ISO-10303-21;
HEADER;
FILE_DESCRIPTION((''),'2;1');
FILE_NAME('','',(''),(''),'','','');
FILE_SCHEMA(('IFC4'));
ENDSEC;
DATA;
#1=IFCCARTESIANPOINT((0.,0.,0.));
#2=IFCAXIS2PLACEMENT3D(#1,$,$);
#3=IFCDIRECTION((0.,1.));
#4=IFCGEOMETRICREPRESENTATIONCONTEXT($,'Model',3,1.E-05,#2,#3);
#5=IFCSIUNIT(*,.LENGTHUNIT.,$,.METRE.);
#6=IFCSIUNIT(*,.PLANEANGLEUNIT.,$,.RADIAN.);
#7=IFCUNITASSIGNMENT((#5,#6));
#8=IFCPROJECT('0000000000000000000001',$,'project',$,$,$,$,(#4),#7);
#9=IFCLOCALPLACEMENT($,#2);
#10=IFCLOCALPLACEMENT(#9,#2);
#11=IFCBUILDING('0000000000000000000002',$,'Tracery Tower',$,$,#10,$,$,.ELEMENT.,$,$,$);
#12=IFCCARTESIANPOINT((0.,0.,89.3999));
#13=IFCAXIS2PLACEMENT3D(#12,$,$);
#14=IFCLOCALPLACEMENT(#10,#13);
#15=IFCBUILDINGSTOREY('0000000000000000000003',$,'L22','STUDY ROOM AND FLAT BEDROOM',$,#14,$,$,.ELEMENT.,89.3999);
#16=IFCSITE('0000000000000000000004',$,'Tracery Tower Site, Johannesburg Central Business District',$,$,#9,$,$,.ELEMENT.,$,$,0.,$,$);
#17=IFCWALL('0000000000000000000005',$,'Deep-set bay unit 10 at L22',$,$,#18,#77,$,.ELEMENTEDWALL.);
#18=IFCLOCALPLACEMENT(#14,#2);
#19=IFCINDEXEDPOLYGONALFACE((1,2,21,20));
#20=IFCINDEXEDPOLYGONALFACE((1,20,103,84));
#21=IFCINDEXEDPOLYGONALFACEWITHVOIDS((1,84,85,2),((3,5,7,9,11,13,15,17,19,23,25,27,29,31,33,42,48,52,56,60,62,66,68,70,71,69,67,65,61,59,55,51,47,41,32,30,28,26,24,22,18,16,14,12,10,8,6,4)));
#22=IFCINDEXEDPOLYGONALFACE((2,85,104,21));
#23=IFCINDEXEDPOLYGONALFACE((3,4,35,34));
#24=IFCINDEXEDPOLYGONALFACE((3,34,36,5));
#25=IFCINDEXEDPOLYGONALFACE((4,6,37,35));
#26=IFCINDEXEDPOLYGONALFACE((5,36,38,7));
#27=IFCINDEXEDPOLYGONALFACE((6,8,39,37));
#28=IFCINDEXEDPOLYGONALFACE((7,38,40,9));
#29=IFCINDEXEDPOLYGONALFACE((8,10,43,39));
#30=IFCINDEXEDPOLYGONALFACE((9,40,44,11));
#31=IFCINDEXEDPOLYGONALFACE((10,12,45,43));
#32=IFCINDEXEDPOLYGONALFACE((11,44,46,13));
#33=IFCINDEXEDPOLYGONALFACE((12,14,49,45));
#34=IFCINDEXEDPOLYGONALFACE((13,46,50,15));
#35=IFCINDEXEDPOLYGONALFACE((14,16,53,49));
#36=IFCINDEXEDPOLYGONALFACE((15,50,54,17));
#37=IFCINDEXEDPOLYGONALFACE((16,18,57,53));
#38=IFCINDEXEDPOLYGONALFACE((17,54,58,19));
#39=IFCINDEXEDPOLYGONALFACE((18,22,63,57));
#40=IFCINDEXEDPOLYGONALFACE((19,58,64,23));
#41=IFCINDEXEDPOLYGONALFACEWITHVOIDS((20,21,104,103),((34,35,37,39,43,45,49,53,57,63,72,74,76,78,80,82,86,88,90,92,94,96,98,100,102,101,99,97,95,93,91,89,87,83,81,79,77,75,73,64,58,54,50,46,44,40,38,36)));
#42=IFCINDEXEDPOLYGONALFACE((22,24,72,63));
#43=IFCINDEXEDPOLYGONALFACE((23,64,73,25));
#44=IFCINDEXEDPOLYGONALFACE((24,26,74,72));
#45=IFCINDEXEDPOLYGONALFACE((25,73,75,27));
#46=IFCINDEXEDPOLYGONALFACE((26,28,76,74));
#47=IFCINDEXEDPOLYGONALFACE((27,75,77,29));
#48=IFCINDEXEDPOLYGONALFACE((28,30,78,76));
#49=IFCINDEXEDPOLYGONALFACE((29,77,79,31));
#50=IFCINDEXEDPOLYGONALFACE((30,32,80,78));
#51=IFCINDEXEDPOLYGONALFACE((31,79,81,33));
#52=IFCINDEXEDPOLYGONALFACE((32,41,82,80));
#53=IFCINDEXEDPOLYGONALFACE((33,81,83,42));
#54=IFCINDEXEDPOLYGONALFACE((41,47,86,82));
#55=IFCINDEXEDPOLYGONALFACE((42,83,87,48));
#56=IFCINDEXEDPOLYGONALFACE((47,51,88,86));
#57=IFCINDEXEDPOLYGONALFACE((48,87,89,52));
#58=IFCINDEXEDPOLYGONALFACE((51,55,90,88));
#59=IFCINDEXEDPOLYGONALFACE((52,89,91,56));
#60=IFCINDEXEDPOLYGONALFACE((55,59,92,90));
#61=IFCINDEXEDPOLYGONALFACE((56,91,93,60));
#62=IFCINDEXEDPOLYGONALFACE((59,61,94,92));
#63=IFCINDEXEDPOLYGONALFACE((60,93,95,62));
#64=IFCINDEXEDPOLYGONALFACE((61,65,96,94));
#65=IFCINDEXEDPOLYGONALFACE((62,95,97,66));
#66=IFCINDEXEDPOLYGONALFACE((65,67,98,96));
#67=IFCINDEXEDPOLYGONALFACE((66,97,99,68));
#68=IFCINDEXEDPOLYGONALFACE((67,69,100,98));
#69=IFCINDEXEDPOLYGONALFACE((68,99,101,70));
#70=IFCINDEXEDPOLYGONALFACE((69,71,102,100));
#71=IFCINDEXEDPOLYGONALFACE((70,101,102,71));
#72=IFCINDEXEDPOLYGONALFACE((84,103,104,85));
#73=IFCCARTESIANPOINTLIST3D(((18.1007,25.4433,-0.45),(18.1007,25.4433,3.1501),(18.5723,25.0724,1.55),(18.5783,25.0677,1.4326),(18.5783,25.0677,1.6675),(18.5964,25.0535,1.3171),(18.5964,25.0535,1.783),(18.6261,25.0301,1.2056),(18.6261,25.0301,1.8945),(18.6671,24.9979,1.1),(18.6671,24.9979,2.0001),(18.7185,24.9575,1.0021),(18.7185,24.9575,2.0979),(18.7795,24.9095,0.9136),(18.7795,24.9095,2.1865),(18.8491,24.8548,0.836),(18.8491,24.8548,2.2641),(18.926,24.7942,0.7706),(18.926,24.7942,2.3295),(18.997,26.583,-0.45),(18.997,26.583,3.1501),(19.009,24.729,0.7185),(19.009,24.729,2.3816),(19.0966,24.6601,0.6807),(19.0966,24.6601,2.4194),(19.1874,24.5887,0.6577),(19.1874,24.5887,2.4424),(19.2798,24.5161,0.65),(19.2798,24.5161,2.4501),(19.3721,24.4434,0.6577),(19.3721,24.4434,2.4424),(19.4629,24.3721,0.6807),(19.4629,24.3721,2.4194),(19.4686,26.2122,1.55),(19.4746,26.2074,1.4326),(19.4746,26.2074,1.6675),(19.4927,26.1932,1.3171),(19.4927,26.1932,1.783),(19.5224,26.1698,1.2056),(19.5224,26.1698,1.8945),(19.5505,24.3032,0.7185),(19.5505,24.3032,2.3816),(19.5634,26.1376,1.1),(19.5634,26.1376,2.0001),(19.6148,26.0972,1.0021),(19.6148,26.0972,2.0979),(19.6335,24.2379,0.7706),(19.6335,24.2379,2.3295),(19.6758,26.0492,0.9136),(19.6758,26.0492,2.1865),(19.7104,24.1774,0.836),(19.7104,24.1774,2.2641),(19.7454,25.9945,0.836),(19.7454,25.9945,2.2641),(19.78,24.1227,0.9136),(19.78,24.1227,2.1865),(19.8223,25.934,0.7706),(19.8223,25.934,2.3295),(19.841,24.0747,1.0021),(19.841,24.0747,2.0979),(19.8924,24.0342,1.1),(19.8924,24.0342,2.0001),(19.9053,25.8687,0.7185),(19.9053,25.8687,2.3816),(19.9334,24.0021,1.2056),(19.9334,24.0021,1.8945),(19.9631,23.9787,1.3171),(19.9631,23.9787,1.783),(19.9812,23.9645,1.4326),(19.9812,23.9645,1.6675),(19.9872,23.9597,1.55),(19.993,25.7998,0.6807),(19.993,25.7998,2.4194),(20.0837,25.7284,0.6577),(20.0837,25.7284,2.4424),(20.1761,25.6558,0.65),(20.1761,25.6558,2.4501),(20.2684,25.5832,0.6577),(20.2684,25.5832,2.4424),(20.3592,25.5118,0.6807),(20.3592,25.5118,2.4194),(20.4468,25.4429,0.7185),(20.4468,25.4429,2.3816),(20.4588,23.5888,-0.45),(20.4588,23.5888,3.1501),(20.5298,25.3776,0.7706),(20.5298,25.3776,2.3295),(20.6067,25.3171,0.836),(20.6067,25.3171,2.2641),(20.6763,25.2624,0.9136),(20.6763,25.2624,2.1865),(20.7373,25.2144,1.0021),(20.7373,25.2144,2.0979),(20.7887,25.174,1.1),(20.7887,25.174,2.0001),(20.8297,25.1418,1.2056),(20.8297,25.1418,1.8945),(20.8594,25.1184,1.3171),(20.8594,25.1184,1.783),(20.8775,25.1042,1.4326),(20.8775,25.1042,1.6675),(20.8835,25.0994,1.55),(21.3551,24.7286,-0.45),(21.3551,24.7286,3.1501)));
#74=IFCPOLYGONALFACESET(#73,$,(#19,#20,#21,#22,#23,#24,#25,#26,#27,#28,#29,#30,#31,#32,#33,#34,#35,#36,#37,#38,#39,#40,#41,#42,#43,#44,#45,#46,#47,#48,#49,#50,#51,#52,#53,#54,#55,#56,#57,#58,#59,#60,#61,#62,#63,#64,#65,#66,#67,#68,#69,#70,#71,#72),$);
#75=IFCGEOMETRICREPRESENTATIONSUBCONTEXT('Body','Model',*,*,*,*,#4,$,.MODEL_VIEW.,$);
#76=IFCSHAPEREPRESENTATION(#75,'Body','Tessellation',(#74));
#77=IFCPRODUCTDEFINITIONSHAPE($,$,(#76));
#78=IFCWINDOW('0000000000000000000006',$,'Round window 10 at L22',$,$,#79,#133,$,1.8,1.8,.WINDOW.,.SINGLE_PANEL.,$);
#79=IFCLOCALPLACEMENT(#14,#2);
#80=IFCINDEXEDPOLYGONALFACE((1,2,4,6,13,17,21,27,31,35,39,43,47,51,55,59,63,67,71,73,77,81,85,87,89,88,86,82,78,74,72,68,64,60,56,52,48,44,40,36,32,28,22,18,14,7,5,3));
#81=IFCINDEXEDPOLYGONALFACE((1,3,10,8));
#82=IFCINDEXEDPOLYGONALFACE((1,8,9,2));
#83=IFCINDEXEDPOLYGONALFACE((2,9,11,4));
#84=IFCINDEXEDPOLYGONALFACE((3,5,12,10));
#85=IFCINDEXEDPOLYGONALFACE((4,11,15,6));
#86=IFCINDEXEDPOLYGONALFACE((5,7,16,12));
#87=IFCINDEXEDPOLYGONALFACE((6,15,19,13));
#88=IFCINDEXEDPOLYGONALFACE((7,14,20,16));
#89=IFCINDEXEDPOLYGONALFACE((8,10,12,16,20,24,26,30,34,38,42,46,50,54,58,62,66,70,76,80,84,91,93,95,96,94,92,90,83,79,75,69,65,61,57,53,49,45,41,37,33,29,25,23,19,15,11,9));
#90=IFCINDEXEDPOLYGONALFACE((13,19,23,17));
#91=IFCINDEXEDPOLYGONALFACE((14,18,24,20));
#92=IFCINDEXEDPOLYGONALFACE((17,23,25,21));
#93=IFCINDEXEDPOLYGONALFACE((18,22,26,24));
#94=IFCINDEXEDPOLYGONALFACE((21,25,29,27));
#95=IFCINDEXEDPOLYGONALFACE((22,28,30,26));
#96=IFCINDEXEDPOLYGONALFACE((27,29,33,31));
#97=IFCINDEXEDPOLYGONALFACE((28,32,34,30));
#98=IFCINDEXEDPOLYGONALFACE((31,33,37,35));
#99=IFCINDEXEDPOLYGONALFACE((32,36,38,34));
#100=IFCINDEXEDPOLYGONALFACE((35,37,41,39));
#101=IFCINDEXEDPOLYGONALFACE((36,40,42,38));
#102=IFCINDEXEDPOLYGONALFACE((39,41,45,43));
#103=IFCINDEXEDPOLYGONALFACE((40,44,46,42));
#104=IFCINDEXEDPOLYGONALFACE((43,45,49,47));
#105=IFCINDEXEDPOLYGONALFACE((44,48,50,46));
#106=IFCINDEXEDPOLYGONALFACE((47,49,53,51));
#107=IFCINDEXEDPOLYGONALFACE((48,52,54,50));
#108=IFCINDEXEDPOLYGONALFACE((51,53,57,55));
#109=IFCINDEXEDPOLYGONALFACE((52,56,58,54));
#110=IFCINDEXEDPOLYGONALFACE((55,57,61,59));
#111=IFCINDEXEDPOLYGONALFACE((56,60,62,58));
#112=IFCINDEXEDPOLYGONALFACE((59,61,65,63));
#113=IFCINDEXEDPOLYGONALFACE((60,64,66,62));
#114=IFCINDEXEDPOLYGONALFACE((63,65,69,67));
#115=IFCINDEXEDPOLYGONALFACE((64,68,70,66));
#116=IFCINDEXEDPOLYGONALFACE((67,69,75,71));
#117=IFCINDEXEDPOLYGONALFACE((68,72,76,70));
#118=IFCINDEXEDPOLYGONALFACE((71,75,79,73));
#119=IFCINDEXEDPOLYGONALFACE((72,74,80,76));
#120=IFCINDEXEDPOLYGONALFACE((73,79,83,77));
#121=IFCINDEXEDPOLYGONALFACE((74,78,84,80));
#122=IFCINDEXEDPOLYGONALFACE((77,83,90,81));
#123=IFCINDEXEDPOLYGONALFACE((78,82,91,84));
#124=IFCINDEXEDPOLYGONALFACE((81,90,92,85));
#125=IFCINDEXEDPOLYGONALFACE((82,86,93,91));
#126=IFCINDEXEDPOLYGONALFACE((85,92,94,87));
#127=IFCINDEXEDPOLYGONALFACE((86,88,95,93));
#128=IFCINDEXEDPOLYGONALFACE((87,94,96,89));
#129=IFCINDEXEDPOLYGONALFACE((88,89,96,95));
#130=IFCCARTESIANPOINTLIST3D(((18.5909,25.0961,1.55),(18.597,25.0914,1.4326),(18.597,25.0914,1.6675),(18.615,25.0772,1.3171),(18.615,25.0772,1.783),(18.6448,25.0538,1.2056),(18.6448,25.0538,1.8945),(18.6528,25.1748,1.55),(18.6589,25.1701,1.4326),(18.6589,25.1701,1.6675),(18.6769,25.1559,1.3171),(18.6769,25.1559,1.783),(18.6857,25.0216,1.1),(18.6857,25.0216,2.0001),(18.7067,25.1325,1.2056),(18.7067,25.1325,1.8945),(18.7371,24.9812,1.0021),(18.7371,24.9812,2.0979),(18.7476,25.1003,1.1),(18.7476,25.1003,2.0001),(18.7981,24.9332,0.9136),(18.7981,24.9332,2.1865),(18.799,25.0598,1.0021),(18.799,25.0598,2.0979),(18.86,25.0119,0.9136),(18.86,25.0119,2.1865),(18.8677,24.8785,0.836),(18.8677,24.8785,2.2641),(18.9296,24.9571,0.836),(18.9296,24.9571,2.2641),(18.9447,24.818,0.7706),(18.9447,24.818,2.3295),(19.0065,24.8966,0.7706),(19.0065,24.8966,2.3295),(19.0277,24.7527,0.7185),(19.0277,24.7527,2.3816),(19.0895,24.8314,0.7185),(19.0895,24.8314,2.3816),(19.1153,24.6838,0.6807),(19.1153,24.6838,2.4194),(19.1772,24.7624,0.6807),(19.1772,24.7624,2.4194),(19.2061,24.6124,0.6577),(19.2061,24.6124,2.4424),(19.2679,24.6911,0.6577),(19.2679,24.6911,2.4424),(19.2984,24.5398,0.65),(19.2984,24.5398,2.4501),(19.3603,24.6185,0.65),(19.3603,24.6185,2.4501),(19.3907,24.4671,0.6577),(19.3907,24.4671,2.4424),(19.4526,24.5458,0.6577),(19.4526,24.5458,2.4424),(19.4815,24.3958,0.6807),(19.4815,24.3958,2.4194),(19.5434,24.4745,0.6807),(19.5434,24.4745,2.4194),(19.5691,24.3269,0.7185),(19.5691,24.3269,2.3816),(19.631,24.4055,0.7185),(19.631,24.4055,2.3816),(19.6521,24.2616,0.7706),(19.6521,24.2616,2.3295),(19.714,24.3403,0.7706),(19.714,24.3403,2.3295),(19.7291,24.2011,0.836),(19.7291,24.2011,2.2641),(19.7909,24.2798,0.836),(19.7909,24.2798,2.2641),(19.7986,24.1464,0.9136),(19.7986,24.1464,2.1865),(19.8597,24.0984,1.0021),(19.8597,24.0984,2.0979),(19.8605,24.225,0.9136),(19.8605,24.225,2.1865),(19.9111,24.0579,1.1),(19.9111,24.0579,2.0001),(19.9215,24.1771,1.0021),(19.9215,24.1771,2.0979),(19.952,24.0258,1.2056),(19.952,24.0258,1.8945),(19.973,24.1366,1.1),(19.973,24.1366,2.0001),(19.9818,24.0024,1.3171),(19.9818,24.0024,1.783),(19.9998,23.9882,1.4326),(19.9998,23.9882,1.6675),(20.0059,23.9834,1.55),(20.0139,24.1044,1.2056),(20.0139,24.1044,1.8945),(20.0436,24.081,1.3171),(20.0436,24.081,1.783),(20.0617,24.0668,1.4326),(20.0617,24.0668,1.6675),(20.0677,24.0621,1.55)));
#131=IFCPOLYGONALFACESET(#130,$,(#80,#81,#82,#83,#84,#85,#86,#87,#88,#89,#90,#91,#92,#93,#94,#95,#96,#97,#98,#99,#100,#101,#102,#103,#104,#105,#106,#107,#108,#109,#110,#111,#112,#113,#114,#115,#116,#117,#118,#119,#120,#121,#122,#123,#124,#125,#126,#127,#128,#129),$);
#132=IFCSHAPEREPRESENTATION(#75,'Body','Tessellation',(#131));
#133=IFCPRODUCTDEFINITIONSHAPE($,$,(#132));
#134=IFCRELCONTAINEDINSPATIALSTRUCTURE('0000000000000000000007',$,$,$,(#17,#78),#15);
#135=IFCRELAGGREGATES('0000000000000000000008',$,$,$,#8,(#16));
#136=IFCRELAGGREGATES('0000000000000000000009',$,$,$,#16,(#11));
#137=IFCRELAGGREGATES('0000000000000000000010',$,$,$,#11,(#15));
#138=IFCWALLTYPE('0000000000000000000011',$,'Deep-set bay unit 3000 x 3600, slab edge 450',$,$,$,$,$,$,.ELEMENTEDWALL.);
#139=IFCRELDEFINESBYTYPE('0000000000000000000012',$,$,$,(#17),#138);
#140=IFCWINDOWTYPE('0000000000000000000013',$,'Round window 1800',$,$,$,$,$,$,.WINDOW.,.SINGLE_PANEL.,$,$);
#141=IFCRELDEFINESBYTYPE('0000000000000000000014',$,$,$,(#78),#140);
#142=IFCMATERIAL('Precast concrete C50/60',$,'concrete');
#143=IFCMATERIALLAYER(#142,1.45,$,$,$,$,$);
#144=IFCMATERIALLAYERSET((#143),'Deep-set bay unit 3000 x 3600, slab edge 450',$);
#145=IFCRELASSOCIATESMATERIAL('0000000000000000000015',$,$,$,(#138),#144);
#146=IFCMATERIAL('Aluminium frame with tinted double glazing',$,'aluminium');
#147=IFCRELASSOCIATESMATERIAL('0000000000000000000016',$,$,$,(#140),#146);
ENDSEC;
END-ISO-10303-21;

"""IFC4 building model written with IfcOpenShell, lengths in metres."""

from ifc_helpers import new_model, si_unit, direction, frame, frame_2d, origin, origin_2d, place, context, subcontext, project, spatial, rectangle, circle, extrude, material, layer, layer_set, type_object, element, fill, save


model = new_model("IFC4")

# Units and contexts
model_context = context("Model", 3, precision=1e-05, world=origin(), true_north=direction((0.0, 1.0)))
body_context = subcontext(model_context, "Body", "Model", "MODEL_VIEW")
ifc_project = project(units=[si_unit("LENGTHUNIT", "METRE"), si_unit("PLANEANGLEUNIT", "RADIAN")], contexts=[model_context])

# Site, building, storey
site_placement = place(None, origin())
site = spatial("IfcSite", under=ifc_project, at=site_placement, Name="Tracery Tower Site, Johannesburg Central Business District", CompositionType="ELEMENT", RefElevation=0.0)
building_placement = place(site_placement, origin())
building = spatial("IfcBuilding", under=site, at=building_placement, Name="Tracery Tower", CompositionType="ELEMENT")
storey_placement = place(building_placement, frame((0.0, 0.0, 89.3999)))
storey = spatial("IfcBuildingStorey", under=building, at=storey_placement, Name="L22", Description="STUDY ROOM AND FLAT BEDROOM", CompositionType="ELEMENT", Elevation=89.3999)

# Wall, opening, window
ifc_material_1 = material(Name="Precast concrete C50/60", Category="concrete")
ifc_layer_1 = layer(ifc_material_1, 1.45)
ifc_layer_set_1 = layer_set([ifc_layer_1], Name="Deep-set bay unit 3000 x 3600, slab edge 450")
wall_type_1 = type_object("IfcWallType", Name="Deep-set bay unit 3000 x 3600, slab edge 450", PredefinedType="ELEMENTEDWALL", material=ifc_layer_set_1)
wall_1_placement = place(storey_placement, frame((20.907, 24.1587, -0.45), z_axis=(0.0, 0.0, 1.0), x_axis=(-0.78605, 0.618163, 0.0)))
wall_1 = element("IfcWall", 1, at=wall_1_placement, inside=storey, type_object=wall_type_1, Name="Deep-set bay unit 10 at L22", PredefinedType="ELEMENTEDWALL", context=body_context, shape_type="SweptSolid", body=[
    extrude(rectangle(XDim=3.0, YDim=1.45, at=frame_2d((1.5, 0.0))), origin(), (0.0, 0.0, 1.0), 3.6001),
])
opening_1_placement = place(wall_1_placement, frame((1.5, 0.0, 2.0)))
opening_1 = element("IfcOpeningElement", 2, at=opening_1_placement, cuts=wall_1, PredefinedType="OPENING", context=body_context, shape_type="SweptSolid", body=[
    extrude(circle(Radius=0.9, at=origin_2d()), frame((0.0, 0.7349, 0.0), z_axis=(0.0, -1.0, 0.0), x_axis=(1.0, 0.0, 0.0)), (0.0, 0.0, 1.0), 1.47),
])
ifc_material_2 = material(Name="Aluminium frame with tinted double glazing", Category="aluminium")
window_type = type_object("IfcWindowType", Name="Round window 1800", PartitioningType="SINGLE_PANEL", PredefinedType="WINDOW", material=ifc_material_2)
window_1_placement = place(opening_1_placement, origin())
window_1 = element("IfcWindow", 3, at=window_1_placement, inside=storey, type_object=window_type, Name="Round window 10 at L22", OverallHeight=1.8, OverallWidth=1.8, PartitioningType="SINGLE_PANEL", PredefinedType="WINDOW", context=body_context, shape_type="SweptSolid", body=[
    extrude(circle(Radius=0.9, at=origin_2d()), frame((0.0, 0.6948, 0.0), z_axis=(0.0, -1.0, 0.0), x_axis=(1.0, 0.0, 0.0)), (0.0, 0.0, 1.0), 0.1001),
])
fill(opening_1, window_1)

save(model, "model.ifc")
